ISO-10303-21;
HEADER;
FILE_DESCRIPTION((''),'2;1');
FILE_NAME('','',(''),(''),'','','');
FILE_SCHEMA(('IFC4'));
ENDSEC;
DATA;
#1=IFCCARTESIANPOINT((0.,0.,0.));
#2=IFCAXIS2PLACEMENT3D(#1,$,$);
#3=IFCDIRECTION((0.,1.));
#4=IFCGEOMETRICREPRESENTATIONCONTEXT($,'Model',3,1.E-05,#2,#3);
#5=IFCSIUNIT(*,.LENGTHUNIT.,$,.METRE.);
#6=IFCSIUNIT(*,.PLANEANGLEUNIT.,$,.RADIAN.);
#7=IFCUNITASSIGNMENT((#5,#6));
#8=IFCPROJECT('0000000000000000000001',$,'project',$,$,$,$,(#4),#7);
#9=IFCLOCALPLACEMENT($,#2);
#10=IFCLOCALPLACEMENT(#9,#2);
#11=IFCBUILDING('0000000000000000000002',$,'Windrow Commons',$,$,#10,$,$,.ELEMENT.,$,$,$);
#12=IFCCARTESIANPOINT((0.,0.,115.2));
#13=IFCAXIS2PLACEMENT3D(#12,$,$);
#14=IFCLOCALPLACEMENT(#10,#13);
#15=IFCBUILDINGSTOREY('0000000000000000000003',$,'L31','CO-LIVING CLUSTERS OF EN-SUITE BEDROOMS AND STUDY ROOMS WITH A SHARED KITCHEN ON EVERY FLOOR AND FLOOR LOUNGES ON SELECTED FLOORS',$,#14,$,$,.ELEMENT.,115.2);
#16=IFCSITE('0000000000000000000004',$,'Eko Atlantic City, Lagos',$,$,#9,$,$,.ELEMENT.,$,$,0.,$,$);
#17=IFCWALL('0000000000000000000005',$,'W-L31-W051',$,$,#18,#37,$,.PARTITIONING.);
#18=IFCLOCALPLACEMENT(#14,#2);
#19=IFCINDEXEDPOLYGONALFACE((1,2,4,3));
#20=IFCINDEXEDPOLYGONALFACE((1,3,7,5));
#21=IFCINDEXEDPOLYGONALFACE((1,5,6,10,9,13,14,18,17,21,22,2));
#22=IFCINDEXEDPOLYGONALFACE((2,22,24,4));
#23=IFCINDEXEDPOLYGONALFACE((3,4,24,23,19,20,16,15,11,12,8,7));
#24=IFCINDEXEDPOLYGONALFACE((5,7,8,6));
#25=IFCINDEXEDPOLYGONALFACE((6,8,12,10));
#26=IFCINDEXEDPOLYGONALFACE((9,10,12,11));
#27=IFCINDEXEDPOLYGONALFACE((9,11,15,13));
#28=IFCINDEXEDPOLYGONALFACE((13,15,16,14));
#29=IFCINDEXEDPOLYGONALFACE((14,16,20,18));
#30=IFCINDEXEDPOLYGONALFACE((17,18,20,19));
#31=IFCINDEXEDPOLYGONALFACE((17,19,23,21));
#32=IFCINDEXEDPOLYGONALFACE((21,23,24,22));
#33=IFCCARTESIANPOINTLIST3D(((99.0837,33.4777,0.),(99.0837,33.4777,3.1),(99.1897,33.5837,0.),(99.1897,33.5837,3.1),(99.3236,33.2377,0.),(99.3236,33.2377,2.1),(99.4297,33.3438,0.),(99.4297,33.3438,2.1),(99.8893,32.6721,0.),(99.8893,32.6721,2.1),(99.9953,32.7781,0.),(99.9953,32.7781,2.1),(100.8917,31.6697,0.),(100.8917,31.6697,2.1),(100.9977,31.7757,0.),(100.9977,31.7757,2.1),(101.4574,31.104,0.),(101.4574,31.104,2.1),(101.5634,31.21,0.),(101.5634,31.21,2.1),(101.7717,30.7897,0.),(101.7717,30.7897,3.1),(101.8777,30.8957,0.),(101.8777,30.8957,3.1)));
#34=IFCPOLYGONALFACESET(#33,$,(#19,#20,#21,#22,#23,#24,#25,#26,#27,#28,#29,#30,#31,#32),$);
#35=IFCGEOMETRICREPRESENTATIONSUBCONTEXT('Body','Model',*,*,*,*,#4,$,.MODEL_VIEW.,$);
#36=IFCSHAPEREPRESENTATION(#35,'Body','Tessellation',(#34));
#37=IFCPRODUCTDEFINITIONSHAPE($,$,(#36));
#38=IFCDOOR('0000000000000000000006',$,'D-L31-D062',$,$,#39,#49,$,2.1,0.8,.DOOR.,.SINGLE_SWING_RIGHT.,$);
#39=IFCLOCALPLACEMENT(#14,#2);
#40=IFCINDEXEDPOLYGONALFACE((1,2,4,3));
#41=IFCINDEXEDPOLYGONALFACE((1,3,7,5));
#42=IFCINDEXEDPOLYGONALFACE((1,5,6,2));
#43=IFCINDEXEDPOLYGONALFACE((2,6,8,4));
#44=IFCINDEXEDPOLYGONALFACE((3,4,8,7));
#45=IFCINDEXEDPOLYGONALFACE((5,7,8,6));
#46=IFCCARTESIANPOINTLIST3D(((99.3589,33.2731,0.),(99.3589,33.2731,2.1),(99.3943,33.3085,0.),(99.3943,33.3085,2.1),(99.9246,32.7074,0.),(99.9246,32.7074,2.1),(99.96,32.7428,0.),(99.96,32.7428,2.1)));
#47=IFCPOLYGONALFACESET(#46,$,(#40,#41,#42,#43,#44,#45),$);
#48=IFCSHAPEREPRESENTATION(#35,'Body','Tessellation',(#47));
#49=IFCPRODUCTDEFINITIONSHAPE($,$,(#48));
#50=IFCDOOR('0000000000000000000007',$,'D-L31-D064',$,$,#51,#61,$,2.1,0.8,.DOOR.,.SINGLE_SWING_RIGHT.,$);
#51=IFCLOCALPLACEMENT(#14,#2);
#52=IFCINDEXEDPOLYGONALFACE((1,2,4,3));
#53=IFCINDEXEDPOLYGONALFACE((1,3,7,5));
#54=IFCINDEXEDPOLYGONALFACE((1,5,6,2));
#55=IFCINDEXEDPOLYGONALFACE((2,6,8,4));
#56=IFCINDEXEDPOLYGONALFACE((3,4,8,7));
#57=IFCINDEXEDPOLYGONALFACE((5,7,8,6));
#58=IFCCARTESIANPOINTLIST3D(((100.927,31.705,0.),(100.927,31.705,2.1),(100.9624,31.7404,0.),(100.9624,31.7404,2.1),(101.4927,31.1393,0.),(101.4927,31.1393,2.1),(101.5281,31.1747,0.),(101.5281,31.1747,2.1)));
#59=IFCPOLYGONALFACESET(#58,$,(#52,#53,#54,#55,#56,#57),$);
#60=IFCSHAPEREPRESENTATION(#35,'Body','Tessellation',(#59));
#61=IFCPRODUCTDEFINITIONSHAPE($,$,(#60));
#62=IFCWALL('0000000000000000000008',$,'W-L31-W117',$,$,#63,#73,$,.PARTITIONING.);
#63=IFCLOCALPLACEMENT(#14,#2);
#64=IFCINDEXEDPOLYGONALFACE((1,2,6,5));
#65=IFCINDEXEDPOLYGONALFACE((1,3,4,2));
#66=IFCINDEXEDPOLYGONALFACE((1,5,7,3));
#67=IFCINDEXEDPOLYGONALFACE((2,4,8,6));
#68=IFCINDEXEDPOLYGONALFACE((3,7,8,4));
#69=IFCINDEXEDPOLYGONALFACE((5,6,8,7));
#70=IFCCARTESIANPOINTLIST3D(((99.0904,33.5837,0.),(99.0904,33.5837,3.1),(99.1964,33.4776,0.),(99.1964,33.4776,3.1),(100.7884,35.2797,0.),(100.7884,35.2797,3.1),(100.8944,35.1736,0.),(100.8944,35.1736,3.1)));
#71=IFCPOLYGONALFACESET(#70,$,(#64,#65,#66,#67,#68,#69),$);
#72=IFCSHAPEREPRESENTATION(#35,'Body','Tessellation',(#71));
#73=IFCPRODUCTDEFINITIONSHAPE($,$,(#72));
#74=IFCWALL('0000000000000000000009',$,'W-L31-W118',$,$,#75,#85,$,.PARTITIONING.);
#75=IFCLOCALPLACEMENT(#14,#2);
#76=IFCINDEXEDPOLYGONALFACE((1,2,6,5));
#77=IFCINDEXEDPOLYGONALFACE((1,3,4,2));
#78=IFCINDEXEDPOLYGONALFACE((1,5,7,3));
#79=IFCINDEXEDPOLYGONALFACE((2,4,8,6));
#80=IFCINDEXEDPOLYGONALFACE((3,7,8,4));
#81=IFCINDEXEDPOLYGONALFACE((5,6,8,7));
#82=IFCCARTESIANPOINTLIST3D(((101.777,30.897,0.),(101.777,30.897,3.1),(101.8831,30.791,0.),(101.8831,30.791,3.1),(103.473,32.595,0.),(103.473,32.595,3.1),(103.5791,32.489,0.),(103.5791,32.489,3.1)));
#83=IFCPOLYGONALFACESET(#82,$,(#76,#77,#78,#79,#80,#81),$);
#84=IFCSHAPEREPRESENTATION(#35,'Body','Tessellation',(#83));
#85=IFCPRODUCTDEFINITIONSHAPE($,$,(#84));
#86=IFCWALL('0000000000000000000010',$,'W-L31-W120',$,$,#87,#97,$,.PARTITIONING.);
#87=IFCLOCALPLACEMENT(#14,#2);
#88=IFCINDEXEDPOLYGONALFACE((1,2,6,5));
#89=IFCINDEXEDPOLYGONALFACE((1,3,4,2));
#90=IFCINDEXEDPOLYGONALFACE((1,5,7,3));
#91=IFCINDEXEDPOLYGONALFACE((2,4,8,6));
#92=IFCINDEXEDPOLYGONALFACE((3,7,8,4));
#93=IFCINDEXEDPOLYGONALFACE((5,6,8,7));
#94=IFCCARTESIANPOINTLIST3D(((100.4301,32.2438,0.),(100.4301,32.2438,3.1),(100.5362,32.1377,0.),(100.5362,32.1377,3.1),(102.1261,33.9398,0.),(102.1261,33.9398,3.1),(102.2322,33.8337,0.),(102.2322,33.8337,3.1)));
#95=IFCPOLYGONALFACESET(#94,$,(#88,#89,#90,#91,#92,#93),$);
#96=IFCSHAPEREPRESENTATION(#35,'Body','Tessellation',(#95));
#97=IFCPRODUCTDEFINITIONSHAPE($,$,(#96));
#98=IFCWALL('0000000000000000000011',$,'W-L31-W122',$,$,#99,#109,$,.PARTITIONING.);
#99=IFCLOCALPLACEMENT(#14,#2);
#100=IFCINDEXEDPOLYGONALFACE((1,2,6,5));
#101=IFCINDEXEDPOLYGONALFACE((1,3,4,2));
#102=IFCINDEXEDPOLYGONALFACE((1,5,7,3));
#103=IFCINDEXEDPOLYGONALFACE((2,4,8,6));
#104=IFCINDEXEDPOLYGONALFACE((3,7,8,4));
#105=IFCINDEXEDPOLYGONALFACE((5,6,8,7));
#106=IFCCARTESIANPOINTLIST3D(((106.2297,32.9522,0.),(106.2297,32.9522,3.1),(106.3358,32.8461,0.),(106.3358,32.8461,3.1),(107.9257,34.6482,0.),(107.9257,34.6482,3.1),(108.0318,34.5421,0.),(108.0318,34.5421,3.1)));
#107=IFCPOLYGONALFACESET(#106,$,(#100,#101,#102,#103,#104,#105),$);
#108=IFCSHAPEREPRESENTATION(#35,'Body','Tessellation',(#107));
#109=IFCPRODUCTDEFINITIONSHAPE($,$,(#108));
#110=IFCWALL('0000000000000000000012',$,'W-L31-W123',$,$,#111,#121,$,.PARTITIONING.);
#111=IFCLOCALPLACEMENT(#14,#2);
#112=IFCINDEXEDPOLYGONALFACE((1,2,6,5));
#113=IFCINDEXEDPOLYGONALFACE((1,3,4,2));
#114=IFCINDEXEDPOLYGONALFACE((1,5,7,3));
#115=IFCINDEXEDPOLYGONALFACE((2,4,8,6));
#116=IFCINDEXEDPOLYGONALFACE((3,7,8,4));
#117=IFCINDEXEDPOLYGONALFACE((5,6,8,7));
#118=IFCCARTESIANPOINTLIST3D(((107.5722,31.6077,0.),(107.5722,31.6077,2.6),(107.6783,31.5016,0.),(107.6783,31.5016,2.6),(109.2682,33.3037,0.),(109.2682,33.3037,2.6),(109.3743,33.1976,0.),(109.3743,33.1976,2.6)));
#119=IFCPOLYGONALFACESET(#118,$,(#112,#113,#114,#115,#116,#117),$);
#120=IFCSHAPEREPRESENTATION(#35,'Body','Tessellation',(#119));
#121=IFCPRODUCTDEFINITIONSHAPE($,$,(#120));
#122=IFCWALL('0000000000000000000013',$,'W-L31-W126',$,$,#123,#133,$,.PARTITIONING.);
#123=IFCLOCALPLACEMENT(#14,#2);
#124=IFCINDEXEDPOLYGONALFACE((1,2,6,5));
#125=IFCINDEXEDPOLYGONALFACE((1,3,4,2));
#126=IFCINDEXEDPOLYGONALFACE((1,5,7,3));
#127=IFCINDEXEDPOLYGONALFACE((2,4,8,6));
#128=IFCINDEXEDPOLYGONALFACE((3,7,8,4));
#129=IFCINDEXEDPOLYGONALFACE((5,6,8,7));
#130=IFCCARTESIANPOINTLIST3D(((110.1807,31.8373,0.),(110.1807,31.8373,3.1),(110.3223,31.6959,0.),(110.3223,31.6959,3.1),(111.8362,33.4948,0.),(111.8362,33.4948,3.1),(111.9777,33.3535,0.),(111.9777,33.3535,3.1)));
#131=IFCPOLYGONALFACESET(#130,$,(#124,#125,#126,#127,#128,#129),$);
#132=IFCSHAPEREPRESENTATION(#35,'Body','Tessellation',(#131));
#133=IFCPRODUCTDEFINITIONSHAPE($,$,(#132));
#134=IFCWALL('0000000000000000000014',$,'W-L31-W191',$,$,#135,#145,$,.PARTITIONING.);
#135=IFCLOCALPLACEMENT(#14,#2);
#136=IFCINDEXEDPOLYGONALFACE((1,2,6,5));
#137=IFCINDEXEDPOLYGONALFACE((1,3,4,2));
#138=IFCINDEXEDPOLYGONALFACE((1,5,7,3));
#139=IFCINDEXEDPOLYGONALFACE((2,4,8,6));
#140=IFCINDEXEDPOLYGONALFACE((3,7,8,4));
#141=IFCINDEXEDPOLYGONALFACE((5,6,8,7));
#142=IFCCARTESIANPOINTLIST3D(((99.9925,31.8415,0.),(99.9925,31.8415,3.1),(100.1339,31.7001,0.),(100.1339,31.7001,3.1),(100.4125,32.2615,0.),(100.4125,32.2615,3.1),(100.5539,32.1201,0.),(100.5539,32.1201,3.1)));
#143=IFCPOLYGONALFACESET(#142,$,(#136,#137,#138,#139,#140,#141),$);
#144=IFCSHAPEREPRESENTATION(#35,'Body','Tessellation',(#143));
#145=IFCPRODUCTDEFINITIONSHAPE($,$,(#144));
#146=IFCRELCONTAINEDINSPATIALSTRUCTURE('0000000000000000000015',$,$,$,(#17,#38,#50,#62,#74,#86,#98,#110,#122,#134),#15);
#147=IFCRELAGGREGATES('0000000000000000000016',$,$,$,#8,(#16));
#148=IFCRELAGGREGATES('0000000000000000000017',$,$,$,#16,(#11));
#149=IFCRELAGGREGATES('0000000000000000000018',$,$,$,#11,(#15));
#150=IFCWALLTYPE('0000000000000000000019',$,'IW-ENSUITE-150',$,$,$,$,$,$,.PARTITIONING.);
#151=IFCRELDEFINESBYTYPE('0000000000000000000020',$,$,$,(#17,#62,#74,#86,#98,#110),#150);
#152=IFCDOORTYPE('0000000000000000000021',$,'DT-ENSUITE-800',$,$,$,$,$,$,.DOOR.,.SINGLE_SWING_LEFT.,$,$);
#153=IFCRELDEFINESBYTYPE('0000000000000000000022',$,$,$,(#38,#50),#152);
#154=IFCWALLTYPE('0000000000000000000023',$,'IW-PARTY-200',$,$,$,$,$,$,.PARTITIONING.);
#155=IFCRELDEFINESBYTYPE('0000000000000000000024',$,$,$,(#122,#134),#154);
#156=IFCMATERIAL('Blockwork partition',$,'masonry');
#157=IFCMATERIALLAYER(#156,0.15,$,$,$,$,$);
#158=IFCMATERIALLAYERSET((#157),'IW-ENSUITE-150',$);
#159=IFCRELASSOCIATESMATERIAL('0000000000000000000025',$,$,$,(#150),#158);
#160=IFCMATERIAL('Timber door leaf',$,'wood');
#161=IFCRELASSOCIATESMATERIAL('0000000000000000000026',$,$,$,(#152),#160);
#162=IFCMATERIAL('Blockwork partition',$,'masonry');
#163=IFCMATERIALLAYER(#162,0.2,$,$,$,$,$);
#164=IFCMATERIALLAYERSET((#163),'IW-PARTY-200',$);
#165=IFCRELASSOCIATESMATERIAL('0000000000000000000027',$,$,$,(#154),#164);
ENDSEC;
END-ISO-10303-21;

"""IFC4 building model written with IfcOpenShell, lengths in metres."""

from ifc_helpers import new_model, si_unit, direction, frame, frame_2d, origin, place, context, subcontext, project, spatial, rectangle, extrude, material, layer, layer_set, type_object, element, fill, save


model = new_model("IFC4")

# Units and contexts
model_context = context("Model", 3, precision=1e-05, world=origin(), true_north=direction((0.0, 1.0)))
body_context = subcontext(model_context, "Body", "Model", "MODEL_VIEW")
ifc_project = project(units=[si_unit("LENGTHUNIT", "METRE"), si_unit("PLANEANGLEUNIT", "RADIAN")], contexts=[model_context])

# Site, building, storey
site_placement = place(None, origin())
site = spatial("IfcSite", under=ifc_project, at=site_placement, Name="Eko Atlantic City, Lagos", CompositionType="ELEMENT", RefElevation=0.0)
building_placement = place(site_placement, origin())
building = spatial("IfcBuilding", under=site, at=building_placement, Name="Windrow Commons", CompositionType="ELEMENT")
storey_placement = place(building_placement, frame((0.0, 0.0, 115.2)))
storey = spatial("IfcBuildingStorey", under=building, at=storey_placement, Name="L31", Description="CO-LIVING CLUSTERS OF EN-SUITE BEDROOMS AND STUDY ROOMS WITH A SHARED KITCHEN ON EVERY FLOOR AND FLOOR LOUNGES ON SELECTED FLOORS", CompositionType="ELEMENT", Elevation=115.2)

# Wall, openings, doors
ifc_material_1 = material(Name="Blockwork partition", Category="masonry")
ifc_layer_1 = layer(ifc_material_1, 0.15)
ifc_layer_set_1 = layer_set([ifc_layer_1], Name="IW-ENSUITE-150")
wall_type_1 = type_object("IfcWallType", Name="IW-ENSUITE-150", PredefinedType="PARTITIONING", material=ifc_layer_set_1)
wall_1_placement = place(storey_placement, frame((99.1367, 33.5307, 0.0), z_axis=(0.0, 0.0, 1.0), x_axis=(0.707107, -0.707107, 0.0)))
wall_1 = element("IfcWall", 1, at=wall_1_placement, inside=storey, type_object=wall_type_1, Name="W-L31-W051", PredefinedType="PARTITIONING", context=body_context, shape_type="SweptSolid", body=[
    extrude(rectangle(XDim=3.8014, YDim=0.15, at=frame_2d((1.9007, 0.0))), origin(), (0.0, 0.0, 1.0), 3.1),
])
opening_1_placement = place(wall_1_placement, frame((0.3393, 0.0, 0.0)))
opening_1 = element("IfcOpeningElement", 2, at=opening_1_placement, cuts=wall_1, PredefinedType="OPENING", context=body_context, shape_type="SweptSolid", body=[
    extrude(rectangle(XDim=0.8, YDim=2.1, at=frame_2d((0.4, 1.05))), frame((0.0, 0.085, 0.0), z_axis=(0.0, -1.0, 0.0), x_axis=(1.0, 0.0, 0.0)), (0.0, 0.0, 1.0), 0.17),
])
opening_2_placement = place(wall_1_placement, frame((2.5569, 0.0, 0.0)))
opening_2 = element("IfcOpeningElement", 3, at=opening_2_placement, cuts=wall_1, PredefinedType="OPENING", context=body_context, shape_type="SweptSolid", body=[
    extrude(rectangle(XDim=0.8, YDim=2.1, at=frame_2d((0.4, 1.05))), frame((0.0, 0.085, 0.0), z_axis=(0.0, -1.0, 0.0), x_axis=(1.0, 0.0, 0.0)), (0.0, 0.0, 1.0), 0.17),
])
ifc_material_2 = material(Name="Timber door leaf", Category="wood")
door_type_1 = type_object("IfcDoorType", Name="DT-ENSUITE-800", OperationType="SINGLE_SWING_LEFT", PredefinedType="DOOR", material=ifc_material_2)
door_1_placement = place(opening_1_placement, origin())
door_1 = element("IfcDoor", 4, at=door_1_placement, inside=storey, type_object=door_type_1, Name="D-L31-D062", OperationType="SINGLE_SWING_RIGHT", OverallHeight=2.1, OverallWidth=0.8, PredefinedType="DOOR", context=body_context, shape_type="SweptSolid", body=[
    extrude(rectangle(XDim=0.8, YDim=2.1, at=frame_2d((0.4, 1.05))), frame((0.0, 0.025, 0.0), z_axis=(0.0, -1.0, 0.0), x_axis=(1.0, 0.0, 0.0)), (0.0, 0.0, 1.0), 0.05),
])
fill(opening_1, door_1)
door_2_placement = place(opening_2_placement, origin())
door_2 = element("IfcDoor", 5, at=door_2_placement, inside=storey, type_object=door_type_1, Name="D-L31-D064", OperationType="SINGLE_SWING_RIGHT", OverallHeight=2.1, OverallWidth=0.8, PredefinedType="DOOR", context=body_context, shape_type="SweptSolid", body=[
    extrude(rectangle(XDim=0.8, YDim=2.1, at=frame_2d((0.4, 1.05))), frame((0.0, 0.025, 0.0), z_axis=(0.0, -1.0, 0.0), x_axis=(1.0, 0.0, 0.0)), (0.0, 0.0, 1.0), 0.05),
])
fill(opening_2, door_2)

# Walls
for number, where, z_axis, x_axis, name in (
    (6, (99.1434, 33.5306, 0.0), (0.0, 0.0, 1.0), (0.707523, 0.70669, 0.0), "W-L31-W117"),
    (7, (101.83, 30.844, 0.0), (0.0, 0.0, 1.0), (0.70669, 0.707523, 0.0), "W-L31-W118"),
):
    element("IfcWall", number, at=place(storey_placement, frame(where, z_axis=z_axis, x_axis=x_axis)), inside=storey, type_object=wall_type_1, Name=name, PredefinedType="PARTITIONING", context=body_context, shape_type="SweptSolid", body=[
        extrude(rectangle(XDim=2.3999, YDim=0.15, at=frame_2d((1.2, 0.0))), origin(), (0.0, 0.0, 1.0), 3.1),
    ])
for number, where, z_axis, x_axis, name in (
    (8, (100.4832, 32.1908, 0.0), (0.0, 0.0, 1.0), (0.707107, 0.707107, 0.0), "W-L31-W120"),
    (9, (106.2828, 32.8992, 0.0), (0.0, 0.0, 1.0), (0.707107, 0.707107, 0.0), "W-L31-W122"),
):
    element("IfcWall", number, at=place(storey_placement, frame(where, z_axis=z_axis, x_axis=x_axis)), inside=storey, type_object=wall_type_1, Name=name, PredefinedType="PARTITIONING", context=body_context, shape_type="SweptSolid", body=[
        extrude(rectangle(XDim=2.3985, YDim=0.15, at=frame_2d((1.1992, 0.0))), origin(), (0.0, 0.0, 1.0), 3.1),
    ])
wall_2_placement = place(storey_placement, frame((107.6253, 31.5547, 0.0), z_axis=(0.0, 0.0, 1.0), x_axis=(0.707107, 0.707107, 0.0)))
element("IfcWall", 10, at=wall_2_placement, inside=storey, type_object=wall_type_1, Name="W-L31-W123", PredefinedType="PARTITIONING", context=body_context, shape_type="SweptSolid", body=[
    extrude(rectangle(XDim=2.3985, YDim=0.15, at=frame_2d((1.1992, 0.0))), origin(), (0.0, 0.0, 1.0), 2.6),
])
ifc_material_3 = material(Name="Blockwork partition", Category="masonry")
ifc_layer_2 = layer(ifc_material_3, 0.2)
ifc_layer_set_2 = layer_set([ifc_layer_2], Name="IW-PARTY-200")
wall_type_2 = type_object("IfcWallType", Name="IW-PARTY-200", PredefinedType="PARTITIONING", material=ifc_layer_set_2)
wall_3_placement = place(storey_placement, frame((110.2515, 31.7666, 0.0), z_axis=(0.0, 0.0, 1.0), x_axis=(0.706658, 0.707555, 0.0)))
element("IfcWall", 11, at=wall_3_placement, inside=storey, type_object=wall_type_2, Name="W-L31-W126", PredefinedType="PARTITIONING", context=body_context, shape_type="SweptSolid", body=[
    extrude(rectangle(XDim=2.3426, YDim=0.2, at=frame_2d((1.1713, 0.0))), origin(), (0.0, 0.0, 1.0), 3.1),
])
wall_4_placement = place(storey_placement, frame((100.0632, 31.7708, 0.0), z_axis=(0.0, 0.0, 1.0), x_axis=(0.707107, 0.707107, 0.0)))
element("IfcWall", 12, at=wall_4_placement, inside=storey, type_object=wall_type_2, Name="W-L31-W191", PredefinedType="PARTITIONING", context=body_context, shape_type="SweptSolid", body=[
    extrude(rectangle(XDim=0.594, YDim=0.2, at=frame_2d((0.297, 0.0))), origin(), (0.0, 0.0, 1.0), 3.1),
])

save(model, "model.ifc")
